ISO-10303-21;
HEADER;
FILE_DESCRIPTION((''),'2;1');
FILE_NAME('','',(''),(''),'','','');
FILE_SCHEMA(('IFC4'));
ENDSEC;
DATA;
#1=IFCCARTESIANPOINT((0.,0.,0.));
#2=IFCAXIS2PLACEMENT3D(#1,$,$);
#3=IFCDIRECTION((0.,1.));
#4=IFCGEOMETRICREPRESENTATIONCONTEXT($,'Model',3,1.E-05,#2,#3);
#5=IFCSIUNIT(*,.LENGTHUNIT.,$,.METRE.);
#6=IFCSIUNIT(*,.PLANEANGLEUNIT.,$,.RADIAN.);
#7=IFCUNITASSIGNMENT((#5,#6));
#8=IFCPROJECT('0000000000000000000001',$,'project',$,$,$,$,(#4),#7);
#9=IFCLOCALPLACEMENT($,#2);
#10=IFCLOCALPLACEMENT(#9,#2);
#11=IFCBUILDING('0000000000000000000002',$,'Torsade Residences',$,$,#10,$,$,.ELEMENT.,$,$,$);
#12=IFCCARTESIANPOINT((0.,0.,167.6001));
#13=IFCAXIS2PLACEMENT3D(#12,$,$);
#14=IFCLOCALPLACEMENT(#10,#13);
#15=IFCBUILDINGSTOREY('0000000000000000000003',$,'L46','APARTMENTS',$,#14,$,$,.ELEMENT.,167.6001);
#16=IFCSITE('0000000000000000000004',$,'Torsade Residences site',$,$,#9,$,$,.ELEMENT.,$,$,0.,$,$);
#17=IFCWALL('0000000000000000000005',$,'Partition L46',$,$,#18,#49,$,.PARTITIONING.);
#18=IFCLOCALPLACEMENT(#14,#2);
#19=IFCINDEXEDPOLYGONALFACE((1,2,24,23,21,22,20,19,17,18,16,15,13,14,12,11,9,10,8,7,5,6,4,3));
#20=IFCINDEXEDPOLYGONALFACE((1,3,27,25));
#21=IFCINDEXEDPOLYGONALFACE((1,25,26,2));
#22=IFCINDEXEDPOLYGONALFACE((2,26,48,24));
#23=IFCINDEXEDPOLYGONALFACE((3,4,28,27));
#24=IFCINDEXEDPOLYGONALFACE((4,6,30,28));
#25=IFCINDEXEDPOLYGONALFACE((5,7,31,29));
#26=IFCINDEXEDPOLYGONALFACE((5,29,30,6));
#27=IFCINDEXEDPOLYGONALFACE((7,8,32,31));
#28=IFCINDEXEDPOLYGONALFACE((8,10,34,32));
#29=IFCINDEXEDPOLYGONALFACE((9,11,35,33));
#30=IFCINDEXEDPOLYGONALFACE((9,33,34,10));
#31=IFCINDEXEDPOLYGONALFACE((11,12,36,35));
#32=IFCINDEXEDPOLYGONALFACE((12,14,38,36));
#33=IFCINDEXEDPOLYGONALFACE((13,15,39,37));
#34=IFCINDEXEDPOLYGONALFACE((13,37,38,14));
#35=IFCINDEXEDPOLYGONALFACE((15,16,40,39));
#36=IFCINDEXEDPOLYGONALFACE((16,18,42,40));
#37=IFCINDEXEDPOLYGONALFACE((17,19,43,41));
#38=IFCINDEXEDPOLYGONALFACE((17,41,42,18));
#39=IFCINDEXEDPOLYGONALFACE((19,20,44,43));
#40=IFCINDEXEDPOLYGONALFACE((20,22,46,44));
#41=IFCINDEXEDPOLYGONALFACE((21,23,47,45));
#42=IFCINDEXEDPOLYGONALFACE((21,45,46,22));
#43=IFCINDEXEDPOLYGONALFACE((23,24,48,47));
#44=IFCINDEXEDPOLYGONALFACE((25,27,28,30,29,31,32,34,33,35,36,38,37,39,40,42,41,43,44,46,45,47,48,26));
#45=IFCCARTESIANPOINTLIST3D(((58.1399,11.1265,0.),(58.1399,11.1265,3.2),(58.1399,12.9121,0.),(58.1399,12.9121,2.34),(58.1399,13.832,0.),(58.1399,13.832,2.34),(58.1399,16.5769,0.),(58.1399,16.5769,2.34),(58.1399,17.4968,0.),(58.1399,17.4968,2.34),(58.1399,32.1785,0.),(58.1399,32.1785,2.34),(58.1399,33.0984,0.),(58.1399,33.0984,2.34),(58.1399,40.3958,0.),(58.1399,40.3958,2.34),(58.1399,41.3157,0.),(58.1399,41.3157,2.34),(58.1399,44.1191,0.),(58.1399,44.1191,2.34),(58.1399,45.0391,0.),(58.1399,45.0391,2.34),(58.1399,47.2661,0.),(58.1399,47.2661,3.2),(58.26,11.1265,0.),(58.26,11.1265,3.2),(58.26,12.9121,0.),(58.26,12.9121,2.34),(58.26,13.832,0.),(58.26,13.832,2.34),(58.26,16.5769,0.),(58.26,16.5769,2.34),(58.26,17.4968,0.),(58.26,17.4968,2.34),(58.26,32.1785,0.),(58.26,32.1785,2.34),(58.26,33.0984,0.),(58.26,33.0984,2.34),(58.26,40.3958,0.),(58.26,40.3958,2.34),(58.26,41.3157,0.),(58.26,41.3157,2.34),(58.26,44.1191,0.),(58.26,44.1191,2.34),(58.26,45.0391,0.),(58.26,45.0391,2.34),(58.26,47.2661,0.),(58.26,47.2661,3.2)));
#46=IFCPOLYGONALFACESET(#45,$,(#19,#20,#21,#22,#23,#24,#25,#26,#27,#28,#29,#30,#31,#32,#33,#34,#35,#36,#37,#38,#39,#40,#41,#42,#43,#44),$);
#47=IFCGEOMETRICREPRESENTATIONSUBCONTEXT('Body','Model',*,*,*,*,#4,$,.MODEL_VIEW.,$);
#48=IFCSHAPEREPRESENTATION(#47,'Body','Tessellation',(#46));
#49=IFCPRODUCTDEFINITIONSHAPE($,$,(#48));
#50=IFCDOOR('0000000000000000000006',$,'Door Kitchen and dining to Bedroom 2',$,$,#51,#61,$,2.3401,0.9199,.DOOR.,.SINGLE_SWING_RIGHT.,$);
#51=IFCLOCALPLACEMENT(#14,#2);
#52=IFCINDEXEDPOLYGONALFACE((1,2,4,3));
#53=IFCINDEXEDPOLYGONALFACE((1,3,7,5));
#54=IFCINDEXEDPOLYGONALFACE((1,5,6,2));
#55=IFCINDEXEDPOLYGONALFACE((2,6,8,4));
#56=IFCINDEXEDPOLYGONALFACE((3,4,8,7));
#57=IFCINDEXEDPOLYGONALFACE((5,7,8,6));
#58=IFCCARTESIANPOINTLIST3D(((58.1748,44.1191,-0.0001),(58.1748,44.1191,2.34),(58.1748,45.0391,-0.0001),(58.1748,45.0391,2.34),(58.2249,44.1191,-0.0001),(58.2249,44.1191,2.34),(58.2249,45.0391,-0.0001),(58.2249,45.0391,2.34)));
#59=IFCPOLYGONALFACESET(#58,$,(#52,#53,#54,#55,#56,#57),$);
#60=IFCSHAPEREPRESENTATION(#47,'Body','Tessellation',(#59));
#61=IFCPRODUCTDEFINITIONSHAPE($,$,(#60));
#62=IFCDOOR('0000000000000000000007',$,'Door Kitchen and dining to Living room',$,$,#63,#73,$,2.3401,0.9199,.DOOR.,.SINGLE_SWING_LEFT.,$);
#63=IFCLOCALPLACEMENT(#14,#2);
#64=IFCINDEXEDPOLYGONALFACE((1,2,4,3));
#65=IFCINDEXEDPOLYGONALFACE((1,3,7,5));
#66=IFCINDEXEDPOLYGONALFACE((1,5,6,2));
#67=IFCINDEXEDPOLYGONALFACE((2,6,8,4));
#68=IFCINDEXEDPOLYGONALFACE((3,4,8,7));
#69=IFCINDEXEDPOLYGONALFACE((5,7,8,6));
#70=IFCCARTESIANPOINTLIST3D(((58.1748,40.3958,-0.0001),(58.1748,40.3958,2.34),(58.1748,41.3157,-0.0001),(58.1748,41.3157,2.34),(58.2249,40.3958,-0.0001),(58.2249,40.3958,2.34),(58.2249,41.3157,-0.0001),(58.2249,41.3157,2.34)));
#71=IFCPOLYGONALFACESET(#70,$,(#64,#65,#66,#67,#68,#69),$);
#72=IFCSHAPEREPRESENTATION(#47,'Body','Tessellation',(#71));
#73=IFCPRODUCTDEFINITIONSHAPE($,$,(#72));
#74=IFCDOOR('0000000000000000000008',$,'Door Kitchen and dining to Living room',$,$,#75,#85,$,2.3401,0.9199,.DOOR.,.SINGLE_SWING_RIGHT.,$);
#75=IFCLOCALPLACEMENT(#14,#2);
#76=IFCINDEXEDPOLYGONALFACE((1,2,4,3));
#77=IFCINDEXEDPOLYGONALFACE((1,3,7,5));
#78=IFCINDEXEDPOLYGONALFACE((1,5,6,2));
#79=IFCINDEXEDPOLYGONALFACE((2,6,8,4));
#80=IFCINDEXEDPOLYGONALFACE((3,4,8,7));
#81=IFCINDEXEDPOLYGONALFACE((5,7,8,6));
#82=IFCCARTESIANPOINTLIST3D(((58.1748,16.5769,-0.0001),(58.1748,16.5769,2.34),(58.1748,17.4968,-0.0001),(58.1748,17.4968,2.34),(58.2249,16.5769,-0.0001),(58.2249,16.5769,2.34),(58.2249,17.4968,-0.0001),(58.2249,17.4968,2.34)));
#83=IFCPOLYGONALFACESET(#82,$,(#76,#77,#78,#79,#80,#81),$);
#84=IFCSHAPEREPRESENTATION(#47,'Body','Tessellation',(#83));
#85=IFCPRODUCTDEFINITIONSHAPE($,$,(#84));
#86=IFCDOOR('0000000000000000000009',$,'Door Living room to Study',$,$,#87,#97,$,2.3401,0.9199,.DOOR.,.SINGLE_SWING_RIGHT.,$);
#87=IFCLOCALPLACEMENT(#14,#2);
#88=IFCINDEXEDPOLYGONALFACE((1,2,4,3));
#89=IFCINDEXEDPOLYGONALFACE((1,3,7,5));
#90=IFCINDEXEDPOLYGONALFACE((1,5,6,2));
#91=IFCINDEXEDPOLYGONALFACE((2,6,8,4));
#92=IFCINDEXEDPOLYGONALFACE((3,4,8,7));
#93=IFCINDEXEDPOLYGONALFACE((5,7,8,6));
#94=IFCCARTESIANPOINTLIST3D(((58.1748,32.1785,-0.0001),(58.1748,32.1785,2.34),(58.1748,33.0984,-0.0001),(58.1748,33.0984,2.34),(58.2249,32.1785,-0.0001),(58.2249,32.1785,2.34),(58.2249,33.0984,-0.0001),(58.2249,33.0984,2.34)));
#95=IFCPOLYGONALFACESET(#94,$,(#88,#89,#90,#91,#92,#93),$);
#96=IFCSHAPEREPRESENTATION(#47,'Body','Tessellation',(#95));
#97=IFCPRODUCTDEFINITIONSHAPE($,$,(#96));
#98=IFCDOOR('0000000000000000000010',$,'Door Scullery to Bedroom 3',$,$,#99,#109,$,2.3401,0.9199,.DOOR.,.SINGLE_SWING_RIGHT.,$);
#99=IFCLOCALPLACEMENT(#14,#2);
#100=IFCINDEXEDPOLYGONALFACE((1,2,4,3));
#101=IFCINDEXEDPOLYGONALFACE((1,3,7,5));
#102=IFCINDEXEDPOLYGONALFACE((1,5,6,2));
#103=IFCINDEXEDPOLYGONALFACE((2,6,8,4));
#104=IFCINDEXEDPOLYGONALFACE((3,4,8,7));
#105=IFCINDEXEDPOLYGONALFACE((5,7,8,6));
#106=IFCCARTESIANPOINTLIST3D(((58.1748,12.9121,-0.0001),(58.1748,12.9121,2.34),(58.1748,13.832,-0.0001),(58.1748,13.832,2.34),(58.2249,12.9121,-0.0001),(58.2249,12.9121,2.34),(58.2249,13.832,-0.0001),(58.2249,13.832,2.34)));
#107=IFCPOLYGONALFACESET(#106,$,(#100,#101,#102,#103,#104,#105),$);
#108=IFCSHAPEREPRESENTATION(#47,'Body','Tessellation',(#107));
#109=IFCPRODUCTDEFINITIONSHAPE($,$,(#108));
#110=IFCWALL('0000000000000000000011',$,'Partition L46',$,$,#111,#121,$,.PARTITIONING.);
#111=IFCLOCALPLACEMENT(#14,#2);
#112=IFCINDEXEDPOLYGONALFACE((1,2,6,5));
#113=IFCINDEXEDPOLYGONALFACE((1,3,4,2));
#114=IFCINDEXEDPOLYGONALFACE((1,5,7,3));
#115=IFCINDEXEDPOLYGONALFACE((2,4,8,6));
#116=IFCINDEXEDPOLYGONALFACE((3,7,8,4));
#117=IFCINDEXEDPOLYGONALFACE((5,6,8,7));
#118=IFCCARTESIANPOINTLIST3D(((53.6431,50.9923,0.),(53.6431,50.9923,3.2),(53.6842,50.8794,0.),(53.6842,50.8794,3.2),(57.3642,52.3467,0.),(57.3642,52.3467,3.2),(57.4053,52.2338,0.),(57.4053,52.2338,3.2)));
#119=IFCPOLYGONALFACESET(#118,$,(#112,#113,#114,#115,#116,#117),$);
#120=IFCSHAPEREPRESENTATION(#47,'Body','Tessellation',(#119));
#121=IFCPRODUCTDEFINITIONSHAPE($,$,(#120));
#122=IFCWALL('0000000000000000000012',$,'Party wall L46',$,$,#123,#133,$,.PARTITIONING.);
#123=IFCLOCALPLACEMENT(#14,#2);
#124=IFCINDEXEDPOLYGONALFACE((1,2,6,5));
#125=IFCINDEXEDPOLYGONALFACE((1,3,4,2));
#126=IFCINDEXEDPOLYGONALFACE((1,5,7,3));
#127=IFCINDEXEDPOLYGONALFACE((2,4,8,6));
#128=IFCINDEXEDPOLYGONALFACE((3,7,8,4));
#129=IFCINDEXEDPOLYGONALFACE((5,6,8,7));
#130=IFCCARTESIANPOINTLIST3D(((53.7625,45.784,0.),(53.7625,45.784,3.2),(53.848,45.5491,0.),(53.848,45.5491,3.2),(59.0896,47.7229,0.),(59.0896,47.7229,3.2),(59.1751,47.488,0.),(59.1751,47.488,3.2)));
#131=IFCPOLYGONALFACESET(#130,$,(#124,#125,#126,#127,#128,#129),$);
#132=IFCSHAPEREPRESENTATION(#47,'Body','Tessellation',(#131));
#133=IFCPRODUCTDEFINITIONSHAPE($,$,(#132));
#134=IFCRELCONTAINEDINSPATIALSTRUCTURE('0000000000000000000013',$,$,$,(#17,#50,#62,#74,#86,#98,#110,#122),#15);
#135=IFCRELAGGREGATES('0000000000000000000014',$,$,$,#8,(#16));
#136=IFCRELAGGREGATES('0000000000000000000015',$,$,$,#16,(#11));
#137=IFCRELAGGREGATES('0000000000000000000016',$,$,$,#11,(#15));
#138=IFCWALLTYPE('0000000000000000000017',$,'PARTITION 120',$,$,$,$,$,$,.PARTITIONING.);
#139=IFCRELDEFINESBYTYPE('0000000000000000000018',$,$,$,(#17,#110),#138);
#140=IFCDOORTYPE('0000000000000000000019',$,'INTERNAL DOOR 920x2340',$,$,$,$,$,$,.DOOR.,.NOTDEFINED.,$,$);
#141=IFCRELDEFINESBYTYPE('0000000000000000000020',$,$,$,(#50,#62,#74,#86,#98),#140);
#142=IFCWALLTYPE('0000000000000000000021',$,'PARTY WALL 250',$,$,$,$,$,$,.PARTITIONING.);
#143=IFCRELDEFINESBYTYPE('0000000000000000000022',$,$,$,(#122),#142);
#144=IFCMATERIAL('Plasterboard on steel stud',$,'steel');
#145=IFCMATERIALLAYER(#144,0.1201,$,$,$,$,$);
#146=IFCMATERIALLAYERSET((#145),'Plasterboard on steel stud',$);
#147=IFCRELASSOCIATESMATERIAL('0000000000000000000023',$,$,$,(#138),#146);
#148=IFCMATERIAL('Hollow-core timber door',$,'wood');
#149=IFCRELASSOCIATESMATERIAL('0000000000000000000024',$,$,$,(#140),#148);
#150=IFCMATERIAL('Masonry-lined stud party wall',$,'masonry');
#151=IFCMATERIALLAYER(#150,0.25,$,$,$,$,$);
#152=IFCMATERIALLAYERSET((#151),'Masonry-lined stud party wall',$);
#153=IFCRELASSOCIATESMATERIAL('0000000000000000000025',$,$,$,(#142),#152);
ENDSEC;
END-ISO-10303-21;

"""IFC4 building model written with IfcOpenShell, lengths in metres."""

from ifc_helpers import new_model, si_unit, direction, frame, frame_2d, origin, place, context, subcontext, project, spatial, rectangle, extrude, material, layer, layer_set, type_object, element, fill, save


model = new_model("IFC4")

# Units and contexts
model_context = context("Model", 3, precision=1e-05, world=origin(), true_north=direction((0.0, 1.0)))
body_context = subcontext(model_context, "Body", "Model", "MODEL_VIEW")
ifc_project = project(units=[si_unit("LENGTHUNIT", "METRE"), si_unit("PLANEANGLEUNIT", "RADIAN")], contexts=[model_context])

# Site, building, storey
site_placement = place(None, origin())
site = spatial("IfcSite", under=ifc_project, at=site_placement, Name="Torsade Residences site", CompositionType="ELEMENT", RefElevation=0.0)
building_placement = place(site_placement, origin())
building = spatial("IfcBuilding", under=site, at=building_placement, Name="Torsade Residences", CompositionType="ELEMENT")
storey_placement = place(building_placement, frame((0.0, 0.0, 167.6001)))
storey = spatial("IfcBuildingStorey", under=building, at=storey_placement, Name="L46", Description="APARTMENTS", CompositionType="ELEMENT", Elevation=167.6001)

# Wall, openings, doors
ifc_material_1 = material(Name="Plasterboard on steel stud", Category="steel")
ifc_layer_1 = layer(ifc_material_1, 0.1201)
ifc_layer_set_1 = layer_set([ifc_layer_1], Name="Plasterboard on steel stud")
wall_type_1 = type_object("IfcWallType", Name="PARTITION 120", PredefinedType="PARTITIONING", material=ifc_layer_set_1)
wall_1_placement = place(storey_placement, frame((58.2, 47.2661, 0.0), z_axis=(0.0, 0.0, 1.0), x_axis=(0.0, -1.0, 0.0)))
wall_1 = element("IfcWall", 1, at=wall_1_placement, inside=storey, type_object=wall_type_1, Name="Partition L46", PredefinedType="PARTITIONING", context=body_context, shape_type="SweptSolid", body=[
    extrude(rectangle(XDim=36.1396, YDim=0.1201, at=frame_2d((18.0698, 0.0))), origin(), (0.0, 0.0, 1.0), 3.2),
])
opening_1_placement = place(wall_1_placement, frame((2.2271, 0.0, 0.0)))
opening_1 = element("IfcOpeningElement", 2, at=opening_1_placement, cuts=wall_1, PredefinedType="OPENING", context=body_context, shape_type="SweptSolid", body=[
    extrude(rectangle(XDim=0.9199, YDim=2.3401, at=frame_2d((0.46, 1.1699))), frame((0.0, 0.0701, 0.0), z_axis=(0.0, -1.0, 0.0), x_axis=(1.0, 0.0, 0.0)), (0.0, 0.0, 1.0), 0.1401),
])
opening_2_placement = place(wall_1_placement, frame((5.9504, 0.0, 0.0)))
opening_2 = element("IfcOpeningElement", 3, at=opening_2_placement, cuts=wall_1, PredefinedType="OPENING", context=body_context, shape_type="SweptSolid", body=[
    extrude(rectangle(XDim=0.9199, YDim=2.3401, at=frame_2d((0.46, 1.1699))), frame((0.0, 0.0701, 0.0), z_axis=(0.0, -1.0, 0.0), x_axis=(1.0, 0.0, 0.0)), (0.0, 0.0, 1.0), 0.1401),
])
opening_3_placement = place(wall_1_placement, frame((29.7693, 0.0, 0.0)))
opening_3 = element("IfcOpeningElement", 4, at=opening_3_placement, cuts=wall_1, PredefinedType="OPENING", context=body_context, shape_type="SweptSolid", body=[
    extrude(rectangle(XDim=0.9199, YDim=2.3401, at=frame_2d((0.46, 1.1699))), frame((0.0, 0.0701, 0.0), z_axis=(0.0, -1.0, 0.0), x_axis=(1.0, 0.0, 0.0)), (0.0, 0.0, 1.0), 0.1401),
])
opening_4_placement = place(wall_1_placement, frame((14.1677, 0.0, 0.0)))
opening_4 = element("IfcOpeningElement", 5, at=opening_4_placement, cuts=wall_1, PredefinedType="OPENING", context=body_context, shape_type="SweptSolid", body=[
    extrude(rectangle(XDim=0.9199, YDim=2.3401, at=frame_2d((0.46, 1.1699))), frame((0.0, 0.0701, 0.0), z_axis=(0.0, -1.0, 0.0), x_axis=(1.0, 0.0, 0.0)), (0.0, 0.0, 1.0), 0.1401),
])
opening_5_placement = place(wall_1_placement, frame((33.4341, 0.0, 0.0)))
opening_5 = element("IfcOpeningElement", 6, at=opening_5_placement, cuts=wall_1, PredefinedType="OPENING", context=body_context, shape_type="SweptSolid", body=[
    extrude(rectangle(XDim=0.9199, YDim=2.3401, at=frame_2d((0.46, 1.1699))), frame((0.0, 0.0701, 0.0), z_axis=(0.0, -1.0, 0.0), x_axis=(1.0, 0.0, 0.0)), (0.0, 0.0, 1.0), 0.1401),
])
ifc_material_2 = material(Name="Hollow-core timber door", Category="wood")
door_type_1 = type_object("IfcDoorType", Name="INTERNAL DOOR 920x2340", OperationType="NOTDEFINED", PredefinedType="DOOR", material=ifc_material_2)
door_1_placement = place(opening_1_placement, origin())
door_1 = element("IfcDoor", 7, at=door_1_placement, inside=storey, type_object=door_type_1, Name="Door Kitchen and dining to Bedroom 2", OperationType="SINGLE_SWING_RIGHT", OverallHeight=2.3401, OverallWidth=0.9199, PredefinedType="DOOR", context=body_context, shape_type="SweptSolid", body=[
    extrude(rectangle(XDim=0.9199, YDim=2.3401, at=frame_2d((0.46, 1.1699))), frame((0.0, 0.0249, 0.0), z_axis=(0.0, -1.0, 0.0), x_axis=(1.0, 0.0, 0.0)), (0.0, 0.0, 1.0), 0.05),
])
fill(opening_1, door_1)
door_2_placement = place(opening_2_placement, origin())
door_2 = element("IfcDoor", 8, at=door_2_placement, inside=storey, type_object=door_type_1, Name="Door Kitchen and dining to Living room", OperationType="SINGLE_SWING_LEFT", OverallHeight=2.3401, OverallWidth=0.9199, PredefinedType="DOOR", context=body_context, shape_type="SweptSolid", body=[
    extrude(rectangle(XDim=0.9199, YDim=2.3401, at=frame_2d((0.46, 1.1699))), frame((0.0, 0.0249, 0.0), z_axis=(0.0, -1.0, 0.0), x_axis=(1.0, 0.0, 0.0)), (0.0, 0.0, 1.0), 0.05),
])
fill(opening_2, door_2)
door_3_placement = place(opening_3_placement, origin())
door_3 = element("IfcDoor", 9, at=door_3_placement, inside=storey, type_object=door_type_1, Name="Door Kitchen and dining to Living room", OperationType="SINGLE_SWING_RIGHT", OverallHeight=2.3401, OverallWidth=0.9199, PredefinedType="DOOR", context=body_context, shape_type="SweptSolid", body=[
    extrude(rectangle(XDim=0.9199, YDim=2.3401, at=frame_2d((0.46, 1.1699))), frame((0.0, 0.0249, 0.0), z_axis=(0.0, -1.0, 0.0), x_axis=(1.0, 0.0, 0.0)), (0.0, 0.0, 1.0), 0.05),
])
fill(opening_3, door_3)
door_4_placement = place(opening_4_placement, origin())
door_4 = element("IfcDoor", 10, at=door_4_placement, inside=storey, type_object=door_type_1, Name="Door Living room to Study", OperationType="SINGLE_SWING_RIGHT", OverallHeight=2.3401, OverallWidth=0.9199, PredefinedType="DOOR", context=body_context, shape_type="SweptSolid", body=[
    extrude(rectangle(XDim=0.9199, YDim=2.3401, at=frame_2d((0.46, 1.1699))), frame((0.0, 0.0249, 0.0), z_axis=(0.0, -1.0, 0.0), x_axis=(1.0, 0.0, 0.0)), (0.0, 0.0, 1.0), 0.05),
])
fill(opening_4, door_4)
door_5_placement = place(opening_5_placement, origin())
door_5 = element("IfcDoor", 11, at=door_5_placement, inside=storey, type_object=door_type_1, Name="Door Scullery to Bedroom 3", OperationType="SINGLE_SWING_RIGHT", OverallHeight=2.3401, OverallWidth=0.9199, PredefinedType="DOOR", context=body_context, shape_type="SweptSolid", body=[
    extrude(rectangle(XDim=0.9199, YDim=2.3401, at=frame_2d((0.46, 1.1699))), frame((0.0, 0.0249, 0.0), z_axis=(0.0, -1.0, 0.0), x_axis=(1.0, 0.0, 0.0)), (0.0, 0.0, 1.0), 0.05),
])
fill(opening_5, door_5)

# Walls
wall_2_placement = place(storey_placement, frame((57.3848, 52.2903, 0.0), z_axis=(0.0, 0.0, 1.0), x_axis=(-0.939685, -0.34204, 0.0)))
element("IfcWall", 12, at=wall_2_placement, inside=storey, type_object=wall_type_1, Name="Partition L46", PredefinedType="PARTITIONING", context=body_context, shape_type="SweptSolid", body=[
    extrude(rectangle(XDim=3.96, YDim=0.1201, at=frame_2d((1.98, 0.0))), origin(), (0.0, 0.0, 1.0), 3.2),
])
ifc_material_3 = material(Name="Masonry-lined stud party wall", Category="masonry")
ifc_layer_2 = layer(ifc_material_3, 0.25)
ifc_layer_set_2 = layer_set([ifc_layer_2], Name="Masonry-lined stud party wall")
wall_type_2 = type_object("IfcWallType", Name="PARTY WALL 250", PredefinedType="PARTITIONING", material=ifc_layer_set_2)
wall_3_placement = place(storey_placement, frame((59.1323, 47.6055, 0.0), z_axis=(0.0, 0.0, 1.0), x_axis=(-0.93969, -0.342027, 0.0)))
element("IfcWall", 13, at=wall_3_placement, inside=storey, type_object=wall_type_2, Name="Party wall L46", PredefinedType="PARTITIONING", context=body_context, shape_type="SweptSolid", body=[
    extrude(rectangle(XDim=5.6689, YDim=0.25, at=frame_2d((2.8345, 0.0))), origin(), (0.0, 0.0, 1.0), 3.2),
])

save(model, "model.ifc")
